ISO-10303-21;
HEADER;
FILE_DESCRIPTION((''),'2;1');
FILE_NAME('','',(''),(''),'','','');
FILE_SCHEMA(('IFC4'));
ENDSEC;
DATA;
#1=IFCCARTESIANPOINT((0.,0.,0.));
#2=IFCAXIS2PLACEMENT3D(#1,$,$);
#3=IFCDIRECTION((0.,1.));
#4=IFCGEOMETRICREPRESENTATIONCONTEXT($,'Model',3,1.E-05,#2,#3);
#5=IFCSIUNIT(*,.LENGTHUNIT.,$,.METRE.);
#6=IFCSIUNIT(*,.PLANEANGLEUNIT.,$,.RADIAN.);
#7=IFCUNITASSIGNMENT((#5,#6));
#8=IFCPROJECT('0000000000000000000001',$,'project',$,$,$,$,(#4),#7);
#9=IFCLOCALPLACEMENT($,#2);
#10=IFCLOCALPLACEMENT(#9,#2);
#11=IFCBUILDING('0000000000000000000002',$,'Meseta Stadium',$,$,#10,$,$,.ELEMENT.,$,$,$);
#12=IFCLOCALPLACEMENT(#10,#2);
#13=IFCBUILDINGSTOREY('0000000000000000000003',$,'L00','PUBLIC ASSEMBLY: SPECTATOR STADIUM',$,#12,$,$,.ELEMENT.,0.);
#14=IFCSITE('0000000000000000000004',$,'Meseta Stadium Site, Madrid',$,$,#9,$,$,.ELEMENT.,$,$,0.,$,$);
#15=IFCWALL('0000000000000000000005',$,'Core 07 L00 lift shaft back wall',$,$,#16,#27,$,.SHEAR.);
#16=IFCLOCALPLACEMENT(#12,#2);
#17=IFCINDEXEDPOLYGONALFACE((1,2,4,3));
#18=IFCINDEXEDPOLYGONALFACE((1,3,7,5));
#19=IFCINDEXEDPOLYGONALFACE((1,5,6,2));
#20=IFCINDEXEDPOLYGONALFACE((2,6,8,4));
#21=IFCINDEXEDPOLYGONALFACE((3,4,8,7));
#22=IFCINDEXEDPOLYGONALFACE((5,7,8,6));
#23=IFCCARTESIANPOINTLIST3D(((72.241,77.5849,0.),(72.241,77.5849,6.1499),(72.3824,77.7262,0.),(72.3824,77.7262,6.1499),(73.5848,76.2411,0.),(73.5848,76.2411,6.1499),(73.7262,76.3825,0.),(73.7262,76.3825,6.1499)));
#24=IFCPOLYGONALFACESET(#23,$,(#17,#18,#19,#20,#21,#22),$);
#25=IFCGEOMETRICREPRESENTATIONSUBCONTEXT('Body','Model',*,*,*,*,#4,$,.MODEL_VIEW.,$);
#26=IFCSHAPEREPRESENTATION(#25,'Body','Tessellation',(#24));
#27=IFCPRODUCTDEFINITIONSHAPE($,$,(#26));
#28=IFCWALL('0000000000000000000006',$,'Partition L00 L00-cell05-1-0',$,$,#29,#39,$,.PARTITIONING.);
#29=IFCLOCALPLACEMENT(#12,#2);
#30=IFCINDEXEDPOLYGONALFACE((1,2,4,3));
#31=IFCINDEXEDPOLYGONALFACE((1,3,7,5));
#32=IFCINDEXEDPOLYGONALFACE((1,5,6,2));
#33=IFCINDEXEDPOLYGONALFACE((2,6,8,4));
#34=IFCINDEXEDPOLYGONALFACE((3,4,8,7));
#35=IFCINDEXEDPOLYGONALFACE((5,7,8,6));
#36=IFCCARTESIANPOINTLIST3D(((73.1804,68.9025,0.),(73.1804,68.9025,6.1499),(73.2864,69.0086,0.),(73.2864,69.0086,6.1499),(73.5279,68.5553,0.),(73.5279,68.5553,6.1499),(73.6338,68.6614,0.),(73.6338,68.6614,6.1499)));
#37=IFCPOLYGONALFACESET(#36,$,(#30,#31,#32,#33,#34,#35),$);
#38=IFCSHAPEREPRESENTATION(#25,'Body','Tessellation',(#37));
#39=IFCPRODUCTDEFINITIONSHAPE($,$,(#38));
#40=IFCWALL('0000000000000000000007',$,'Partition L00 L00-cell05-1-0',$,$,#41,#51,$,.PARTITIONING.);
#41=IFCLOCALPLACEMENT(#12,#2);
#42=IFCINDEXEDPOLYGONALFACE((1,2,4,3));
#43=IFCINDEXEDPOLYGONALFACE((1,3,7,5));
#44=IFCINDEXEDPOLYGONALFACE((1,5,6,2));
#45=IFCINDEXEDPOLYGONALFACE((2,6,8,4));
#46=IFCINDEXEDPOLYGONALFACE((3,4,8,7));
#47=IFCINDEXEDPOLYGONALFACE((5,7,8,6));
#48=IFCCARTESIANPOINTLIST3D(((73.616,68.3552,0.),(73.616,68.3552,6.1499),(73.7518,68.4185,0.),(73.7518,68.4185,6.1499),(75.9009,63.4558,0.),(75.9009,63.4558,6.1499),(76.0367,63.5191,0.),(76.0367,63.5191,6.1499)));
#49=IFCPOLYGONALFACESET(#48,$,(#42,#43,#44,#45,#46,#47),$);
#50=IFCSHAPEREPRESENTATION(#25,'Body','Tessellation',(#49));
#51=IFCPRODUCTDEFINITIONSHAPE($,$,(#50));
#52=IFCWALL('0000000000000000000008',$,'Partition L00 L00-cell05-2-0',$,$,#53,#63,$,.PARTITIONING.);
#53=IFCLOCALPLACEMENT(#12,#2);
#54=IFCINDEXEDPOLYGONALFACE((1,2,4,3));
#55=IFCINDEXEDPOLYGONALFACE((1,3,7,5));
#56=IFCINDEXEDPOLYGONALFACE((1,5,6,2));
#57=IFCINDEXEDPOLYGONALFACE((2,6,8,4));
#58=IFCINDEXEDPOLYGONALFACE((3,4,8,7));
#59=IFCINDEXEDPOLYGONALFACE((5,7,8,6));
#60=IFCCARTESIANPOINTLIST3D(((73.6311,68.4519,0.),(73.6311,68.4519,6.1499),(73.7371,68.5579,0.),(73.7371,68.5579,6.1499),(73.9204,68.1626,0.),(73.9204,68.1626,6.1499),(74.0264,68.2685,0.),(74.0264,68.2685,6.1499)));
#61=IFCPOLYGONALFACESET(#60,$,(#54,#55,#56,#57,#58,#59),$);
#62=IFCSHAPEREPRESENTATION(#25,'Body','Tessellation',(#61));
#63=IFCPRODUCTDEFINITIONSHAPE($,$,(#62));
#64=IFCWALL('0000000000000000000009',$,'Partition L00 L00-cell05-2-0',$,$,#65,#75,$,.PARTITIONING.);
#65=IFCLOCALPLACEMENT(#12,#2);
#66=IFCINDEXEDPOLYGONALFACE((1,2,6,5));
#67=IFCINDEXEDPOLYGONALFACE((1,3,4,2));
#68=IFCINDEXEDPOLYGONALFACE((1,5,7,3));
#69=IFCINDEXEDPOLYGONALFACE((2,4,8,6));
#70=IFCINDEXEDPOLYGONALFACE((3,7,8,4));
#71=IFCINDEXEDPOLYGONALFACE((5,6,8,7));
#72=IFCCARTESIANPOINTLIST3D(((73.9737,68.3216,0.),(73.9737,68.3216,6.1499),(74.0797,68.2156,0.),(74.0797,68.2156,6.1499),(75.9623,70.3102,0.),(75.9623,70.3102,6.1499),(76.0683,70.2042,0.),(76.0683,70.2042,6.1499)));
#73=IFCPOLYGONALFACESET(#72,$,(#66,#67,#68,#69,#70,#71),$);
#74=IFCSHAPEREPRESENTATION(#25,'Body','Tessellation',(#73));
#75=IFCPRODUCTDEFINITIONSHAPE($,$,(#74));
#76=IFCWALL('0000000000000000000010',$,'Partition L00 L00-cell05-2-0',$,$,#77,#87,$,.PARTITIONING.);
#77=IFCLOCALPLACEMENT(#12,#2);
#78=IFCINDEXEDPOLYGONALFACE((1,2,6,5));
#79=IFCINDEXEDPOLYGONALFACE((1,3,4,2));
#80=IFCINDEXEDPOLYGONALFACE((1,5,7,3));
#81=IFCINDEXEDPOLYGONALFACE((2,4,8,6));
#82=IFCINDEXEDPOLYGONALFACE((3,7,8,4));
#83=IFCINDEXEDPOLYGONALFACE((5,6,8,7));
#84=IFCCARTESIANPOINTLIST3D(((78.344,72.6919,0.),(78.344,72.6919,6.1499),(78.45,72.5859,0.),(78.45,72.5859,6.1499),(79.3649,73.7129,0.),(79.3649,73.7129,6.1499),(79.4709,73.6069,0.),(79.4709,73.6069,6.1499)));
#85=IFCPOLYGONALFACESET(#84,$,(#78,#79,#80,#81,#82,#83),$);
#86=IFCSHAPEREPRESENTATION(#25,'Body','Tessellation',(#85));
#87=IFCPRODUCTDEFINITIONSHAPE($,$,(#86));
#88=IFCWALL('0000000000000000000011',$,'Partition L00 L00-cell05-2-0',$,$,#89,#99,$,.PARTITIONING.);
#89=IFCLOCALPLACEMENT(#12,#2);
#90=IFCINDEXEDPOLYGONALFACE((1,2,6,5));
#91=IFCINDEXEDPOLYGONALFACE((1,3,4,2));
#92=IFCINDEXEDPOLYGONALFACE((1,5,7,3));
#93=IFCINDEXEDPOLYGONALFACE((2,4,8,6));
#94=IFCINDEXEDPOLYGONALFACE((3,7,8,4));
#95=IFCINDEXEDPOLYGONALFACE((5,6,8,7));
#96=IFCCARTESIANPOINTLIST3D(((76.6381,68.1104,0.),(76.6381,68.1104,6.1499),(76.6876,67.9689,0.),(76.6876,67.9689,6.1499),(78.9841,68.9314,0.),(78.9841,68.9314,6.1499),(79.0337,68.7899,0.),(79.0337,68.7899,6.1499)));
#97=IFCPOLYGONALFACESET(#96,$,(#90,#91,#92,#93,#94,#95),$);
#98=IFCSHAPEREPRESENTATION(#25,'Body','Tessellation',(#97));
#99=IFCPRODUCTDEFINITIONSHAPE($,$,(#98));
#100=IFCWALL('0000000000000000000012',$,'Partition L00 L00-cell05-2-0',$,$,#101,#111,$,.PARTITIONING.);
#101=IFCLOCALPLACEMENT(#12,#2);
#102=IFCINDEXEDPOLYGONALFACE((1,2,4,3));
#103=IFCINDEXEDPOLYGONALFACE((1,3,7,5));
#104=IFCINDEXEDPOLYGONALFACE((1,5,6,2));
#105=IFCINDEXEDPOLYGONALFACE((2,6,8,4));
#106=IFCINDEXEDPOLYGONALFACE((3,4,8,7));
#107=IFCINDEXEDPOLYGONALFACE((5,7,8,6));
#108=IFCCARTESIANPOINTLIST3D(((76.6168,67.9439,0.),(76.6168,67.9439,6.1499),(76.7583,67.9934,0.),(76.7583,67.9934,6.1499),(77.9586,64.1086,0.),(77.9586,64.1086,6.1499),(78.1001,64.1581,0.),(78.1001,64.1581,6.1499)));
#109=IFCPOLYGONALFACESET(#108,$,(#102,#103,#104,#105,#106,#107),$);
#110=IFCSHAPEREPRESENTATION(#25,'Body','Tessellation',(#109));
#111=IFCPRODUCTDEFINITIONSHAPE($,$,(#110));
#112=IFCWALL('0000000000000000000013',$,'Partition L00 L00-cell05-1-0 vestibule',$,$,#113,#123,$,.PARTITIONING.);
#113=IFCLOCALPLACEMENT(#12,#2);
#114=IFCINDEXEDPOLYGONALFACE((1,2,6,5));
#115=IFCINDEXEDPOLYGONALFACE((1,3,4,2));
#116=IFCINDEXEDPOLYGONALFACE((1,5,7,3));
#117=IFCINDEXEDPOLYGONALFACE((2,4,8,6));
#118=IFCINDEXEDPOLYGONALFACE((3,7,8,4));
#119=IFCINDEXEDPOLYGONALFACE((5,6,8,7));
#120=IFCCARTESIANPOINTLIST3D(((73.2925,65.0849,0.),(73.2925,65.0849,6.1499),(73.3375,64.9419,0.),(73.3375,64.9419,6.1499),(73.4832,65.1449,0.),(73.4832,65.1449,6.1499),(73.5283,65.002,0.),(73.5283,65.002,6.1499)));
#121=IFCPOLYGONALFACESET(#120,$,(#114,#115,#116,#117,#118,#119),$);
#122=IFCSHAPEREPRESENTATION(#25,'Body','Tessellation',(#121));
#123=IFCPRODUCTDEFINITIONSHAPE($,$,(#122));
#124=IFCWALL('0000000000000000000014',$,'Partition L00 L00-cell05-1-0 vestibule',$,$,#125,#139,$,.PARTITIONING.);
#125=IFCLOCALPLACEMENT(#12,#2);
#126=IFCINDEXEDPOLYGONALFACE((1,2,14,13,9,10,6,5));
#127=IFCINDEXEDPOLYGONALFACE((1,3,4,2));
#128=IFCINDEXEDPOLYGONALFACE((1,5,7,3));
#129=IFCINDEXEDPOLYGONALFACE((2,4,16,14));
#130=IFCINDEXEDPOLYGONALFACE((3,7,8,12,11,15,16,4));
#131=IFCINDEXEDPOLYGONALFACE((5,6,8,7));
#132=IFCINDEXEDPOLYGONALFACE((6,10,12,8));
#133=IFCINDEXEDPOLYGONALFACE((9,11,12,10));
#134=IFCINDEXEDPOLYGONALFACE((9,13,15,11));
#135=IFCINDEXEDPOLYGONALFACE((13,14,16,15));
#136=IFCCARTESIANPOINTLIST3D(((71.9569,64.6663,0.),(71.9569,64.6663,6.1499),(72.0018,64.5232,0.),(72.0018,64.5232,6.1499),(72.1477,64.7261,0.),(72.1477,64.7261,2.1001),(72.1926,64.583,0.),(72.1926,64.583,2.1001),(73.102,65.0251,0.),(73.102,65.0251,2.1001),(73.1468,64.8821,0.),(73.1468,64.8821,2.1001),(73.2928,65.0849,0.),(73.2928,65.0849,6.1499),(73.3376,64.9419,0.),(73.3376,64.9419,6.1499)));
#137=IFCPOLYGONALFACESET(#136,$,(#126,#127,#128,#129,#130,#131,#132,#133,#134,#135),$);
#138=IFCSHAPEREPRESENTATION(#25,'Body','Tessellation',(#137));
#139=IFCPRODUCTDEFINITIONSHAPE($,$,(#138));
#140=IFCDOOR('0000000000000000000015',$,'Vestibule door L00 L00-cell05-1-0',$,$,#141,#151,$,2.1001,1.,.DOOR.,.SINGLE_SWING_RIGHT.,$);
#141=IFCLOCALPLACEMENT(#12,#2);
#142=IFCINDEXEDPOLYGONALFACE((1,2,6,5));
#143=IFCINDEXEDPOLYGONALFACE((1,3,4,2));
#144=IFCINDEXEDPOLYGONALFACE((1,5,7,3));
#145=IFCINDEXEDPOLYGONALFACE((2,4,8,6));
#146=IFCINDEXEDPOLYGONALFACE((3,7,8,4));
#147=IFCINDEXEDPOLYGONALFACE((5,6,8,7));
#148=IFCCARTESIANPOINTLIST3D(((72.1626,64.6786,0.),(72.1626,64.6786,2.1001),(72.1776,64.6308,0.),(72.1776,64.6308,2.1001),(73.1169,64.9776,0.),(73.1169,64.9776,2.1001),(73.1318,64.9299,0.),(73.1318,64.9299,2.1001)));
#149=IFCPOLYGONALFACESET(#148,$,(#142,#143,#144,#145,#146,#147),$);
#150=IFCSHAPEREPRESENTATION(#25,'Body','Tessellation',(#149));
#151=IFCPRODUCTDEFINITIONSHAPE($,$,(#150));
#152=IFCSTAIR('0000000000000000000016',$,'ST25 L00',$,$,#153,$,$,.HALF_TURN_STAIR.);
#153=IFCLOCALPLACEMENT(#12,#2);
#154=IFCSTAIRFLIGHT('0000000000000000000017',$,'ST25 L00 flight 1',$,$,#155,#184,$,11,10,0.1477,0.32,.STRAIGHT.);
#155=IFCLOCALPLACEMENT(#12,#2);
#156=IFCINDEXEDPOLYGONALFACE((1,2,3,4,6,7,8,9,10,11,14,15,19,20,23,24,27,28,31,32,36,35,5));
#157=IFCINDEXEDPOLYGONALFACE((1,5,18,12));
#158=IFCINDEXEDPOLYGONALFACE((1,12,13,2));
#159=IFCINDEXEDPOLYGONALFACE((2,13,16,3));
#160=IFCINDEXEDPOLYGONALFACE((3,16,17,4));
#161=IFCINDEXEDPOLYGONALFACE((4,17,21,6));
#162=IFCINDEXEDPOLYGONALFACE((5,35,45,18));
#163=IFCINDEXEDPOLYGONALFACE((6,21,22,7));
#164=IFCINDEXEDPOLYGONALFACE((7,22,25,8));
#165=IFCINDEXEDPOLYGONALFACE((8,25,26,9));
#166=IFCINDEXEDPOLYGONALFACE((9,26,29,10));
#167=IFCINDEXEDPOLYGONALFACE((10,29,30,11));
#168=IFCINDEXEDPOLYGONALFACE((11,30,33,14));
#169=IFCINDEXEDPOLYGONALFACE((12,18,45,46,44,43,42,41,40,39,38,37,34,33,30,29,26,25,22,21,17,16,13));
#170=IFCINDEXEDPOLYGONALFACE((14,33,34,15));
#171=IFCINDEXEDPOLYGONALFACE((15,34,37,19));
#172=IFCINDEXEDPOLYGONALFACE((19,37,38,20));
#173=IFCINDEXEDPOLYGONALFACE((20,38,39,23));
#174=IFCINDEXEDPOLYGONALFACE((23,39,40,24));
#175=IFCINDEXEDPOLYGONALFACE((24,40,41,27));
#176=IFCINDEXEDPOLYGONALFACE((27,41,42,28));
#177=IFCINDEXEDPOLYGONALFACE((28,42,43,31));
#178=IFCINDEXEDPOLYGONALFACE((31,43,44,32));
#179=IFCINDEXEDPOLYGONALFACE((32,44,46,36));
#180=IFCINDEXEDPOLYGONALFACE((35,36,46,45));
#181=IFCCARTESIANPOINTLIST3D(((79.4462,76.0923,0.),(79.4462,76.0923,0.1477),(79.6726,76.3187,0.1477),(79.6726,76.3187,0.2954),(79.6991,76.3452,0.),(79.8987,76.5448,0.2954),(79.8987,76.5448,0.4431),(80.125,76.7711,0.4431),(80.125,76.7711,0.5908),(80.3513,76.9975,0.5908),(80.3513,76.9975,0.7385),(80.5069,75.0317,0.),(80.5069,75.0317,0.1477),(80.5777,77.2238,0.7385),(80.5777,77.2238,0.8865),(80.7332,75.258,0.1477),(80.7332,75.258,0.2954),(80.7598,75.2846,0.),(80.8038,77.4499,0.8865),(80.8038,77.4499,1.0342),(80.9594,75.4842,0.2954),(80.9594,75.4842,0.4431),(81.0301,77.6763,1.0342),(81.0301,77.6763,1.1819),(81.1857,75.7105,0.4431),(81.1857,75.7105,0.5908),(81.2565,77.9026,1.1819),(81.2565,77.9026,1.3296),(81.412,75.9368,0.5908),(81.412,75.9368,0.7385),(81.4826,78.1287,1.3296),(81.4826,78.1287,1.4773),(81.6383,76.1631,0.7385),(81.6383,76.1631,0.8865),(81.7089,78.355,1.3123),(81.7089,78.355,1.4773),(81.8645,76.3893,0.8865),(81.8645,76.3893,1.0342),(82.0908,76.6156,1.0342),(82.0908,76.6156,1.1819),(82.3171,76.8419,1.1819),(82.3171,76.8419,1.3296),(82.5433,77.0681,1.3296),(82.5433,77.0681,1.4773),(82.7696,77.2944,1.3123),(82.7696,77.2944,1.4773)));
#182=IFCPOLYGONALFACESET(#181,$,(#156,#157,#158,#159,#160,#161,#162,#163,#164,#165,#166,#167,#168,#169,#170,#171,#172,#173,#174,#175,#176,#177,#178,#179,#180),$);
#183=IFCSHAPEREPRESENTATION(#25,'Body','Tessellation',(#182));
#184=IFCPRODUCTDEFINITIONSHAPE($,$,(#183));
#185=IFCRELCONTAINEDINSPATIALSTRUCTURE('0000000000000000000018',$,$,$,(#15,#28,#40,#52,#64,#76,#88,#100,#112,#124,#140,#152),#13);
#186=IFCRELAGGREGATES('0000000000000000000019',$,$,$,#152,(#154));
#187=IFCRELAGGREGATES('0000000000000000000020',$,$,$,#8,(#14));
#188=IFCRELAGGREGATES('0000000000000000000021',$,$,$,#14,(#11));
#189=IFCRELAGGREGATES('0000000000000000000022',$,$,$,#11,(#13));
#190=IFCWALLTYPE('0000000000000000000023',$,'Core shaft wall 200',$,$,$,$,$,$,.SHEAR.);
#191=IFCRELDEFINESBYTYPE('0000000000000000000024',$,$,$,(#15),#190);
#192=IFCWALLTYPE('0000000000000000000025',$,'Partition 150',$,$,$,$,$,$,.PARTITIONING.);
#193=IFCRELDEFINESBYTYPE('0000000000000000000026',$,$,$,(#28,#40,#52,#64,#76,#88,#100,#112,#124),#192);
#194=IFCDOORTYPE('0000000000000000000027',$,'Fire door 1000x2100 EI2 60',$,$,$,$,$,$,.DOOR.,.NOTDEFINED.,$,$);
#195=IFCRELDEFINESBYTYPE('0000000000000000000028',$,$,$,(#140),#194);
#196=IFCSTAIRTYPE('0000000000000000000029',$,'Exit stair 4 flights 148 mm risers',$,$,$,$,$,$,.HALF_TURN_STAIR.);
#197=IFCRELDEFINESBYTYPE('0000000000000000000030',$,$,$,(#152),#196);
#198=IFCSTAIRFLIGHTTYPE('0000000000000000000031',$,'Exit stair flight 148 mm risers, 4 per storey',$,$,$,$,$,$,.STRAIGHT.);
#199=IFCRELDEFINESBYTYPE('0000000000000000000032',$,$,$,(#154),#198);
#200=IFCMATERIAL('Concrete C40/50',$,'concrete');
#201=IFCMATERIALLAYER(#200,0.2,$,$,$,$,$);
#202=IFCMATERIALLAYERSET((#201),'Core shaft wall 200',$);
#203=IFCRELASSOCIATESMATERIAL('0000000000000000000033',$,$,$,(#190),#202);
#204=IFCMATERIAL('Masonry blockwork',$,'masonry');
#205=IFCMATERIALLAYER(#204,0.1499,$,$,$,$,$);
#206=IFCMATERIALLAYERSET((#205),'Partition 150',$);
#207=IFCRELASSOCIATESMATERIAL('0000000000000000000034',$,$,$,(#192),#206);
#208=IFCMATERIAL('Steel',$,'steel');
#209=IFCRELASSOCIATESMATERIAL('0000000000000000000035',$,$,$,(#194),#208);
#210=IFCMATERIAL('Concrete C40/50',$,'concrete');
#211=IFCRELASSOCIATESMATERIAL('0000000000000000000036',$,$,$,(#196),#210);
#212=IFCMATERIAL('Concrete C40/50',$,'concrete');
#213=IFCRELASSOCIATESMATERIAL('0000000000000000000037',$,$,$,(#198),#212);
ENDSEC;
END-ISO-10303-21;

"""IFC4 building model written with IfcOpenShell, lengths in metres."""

from ifc_helpers import new_model, si_unit, direction, frame, frame_2d, origin, place, context, subcontext, project, spatial, polyline, rectangle, outline, extrude, material, layer, layer_set, type_object, element, fill, aggregate, save


model = new_model("IFC4")

# Units and contexts
model_context = context("Model", 3, precision=1e-05, world=origin(), true_north=direction((0.0, 1.0)))
body_context = subcontext(model_context, "Body", "Model", "MODEL_VIEW")
ifc_project = project(units=[si_unit("LENGTHUNIT", "METRE"), si_unit("PLANEANGLEUNIT", "RADIAN")], contexts=[model_context])

# Site, building, storey
site_placement = place(None, origin())
site = spatial("IfcSite", under=ifc_project, at=site_placement, Name="Meseta Stadium Site, Madrid", CompositionType="ELEMENT", RefElevation=0.0)
building_placement = place(site_placement, origin())
building = spatial("IfcBuilding", under=site, at=building_placement, Name="Meseta Stadium", CompositionType="ELEMENT")
storey_placement = place(building_placement, origin())
storey = spatial("IfcBuildingStorey", under=building, at=storey_placement, Name="L00", Description="PUBLIC ASSEMBLY: SPECTATOR STADIUM", CompositionType="ELEMENT", Elevation=0.0)

# Shared definitions
ifc_material_1 = material(Name="Concrete C40/50", Category="concrete")
ifc_layer_1 = layer(ifc_material_1, 0.2)
ifc_layer_set_1 = layer_set([ifc_layer_1], Name="Core shaft wall 200")
wall_type_1 = type_object("IfcWallType", Name="Core shaft wall 200", PredefinedType="SHEAR", material=ifc_layer_set_1)

# Walls
wall_1_placement = place(storey_placement, frame((73.6555, 76.3118, 0.0), z_axis=(0.0, 0.0, 1.0), x_axis=(-0.707107, 0.707107, 0.0)))
element("IfcWall", 1, at=wall_1_placement, inside=storey, type_object=wall_type_1, Name="Core 07 L00 lift shaft back wall", PredefinedType="SHEAR", context=body_context, shape_type="SweptSolid", body=[
    extrude(rectangle(XDim=1.9004, YDim=0.2, at=frame_2d((0.9502, 0.0))), origin(), (0.0, 0.0, 1.0), 6.1499),
])
ifc_material_2 = material(Name="Masonry blockwork", Category="masonry")
ifc_layer_2 = layer(ifc_material_2, 0.1499)
ifc_layer_set_2 = layer_set([ifc_layer_2], Name="Partition 150")
wall_type_2 = type_object("IfcWallType", Name="Partition 150", PredefinedType="PARTITIONING", material=ifc_layer_set_2)
wall_2_placement = place(storey_placement, frame((73.2334, 68.9556, 0.0), z_axis=(0.0, 0.0, 1.0), x_axis=(0.707355, -0.706858, 0.0)))
element("IfcWall", 2, at=wall_2_placement, inside=storey, type_object=wall_type_2, Name="Partition L00 L00-cell05-1-0", PredefinedType="PARTITIONING", context=body_context, shape_type="SweptSolid", body=[
    extrude(rectangle(XDim=0.4912, YDim=0.1499, at=frame_2d((0.2456, 0.0))), origin(), (0.0, 0.0, 1.0), 6.1499),
])
wall_3_placement = place(storey_placement, frame((73.6838, 68.387, 0.0), z_axis=(0.0, 0.0, 1.0), x_axis=(0.42266, -0.906288, 0.0)))
element("IfcWall", 3, at=wall_3_placement, inside=storey, type_object=wall_type_2, Name="Partition L00 L00-cell05-1-0", PredefinedType="PARTITIONING", context=body_context, shape_type="SweptSolid", body=[
    extrude(rectangle(XDim=5.406, YDim=0.1499, at=frame_2d((2.7031, 0.0))), origin(), (0.0, 0.0, 1.0), 6.1499),
])
wall_4_placement = place(storey_placement, frame((73.6841, 68.5049, 0.0), z_axis=(0.0, 0.0, 1.0), x_axis=(0.707107, -0.707107, 0.0)))
element("IfcWall", 4, at=wall_4_placement, inside=storey, type_object=wall_type_2, Name="Partition L00 L00-cell05-2-0", PredefinedType="PARTITIONING", context=body_context, shape_type="SweptSolid", body=[
    extrude(rectangle(XDim=0.4092, YDim=0.1499, at=frame_2d((0.2046, 0.0))), origin(), (0.0, 0.0, 1.0), 6.1499),
])
wall_5_placement = place(storey_placement, frame((74.0266, 68.2686, 0.0), z_axis=(0.0, 0.0, 1.0), x_axis=(0.707107, 0.707107, 0.0)))
element("IfcWall", 5, at=wall_5_placement, inside=storey, type_object=wall_type_2, Name="Partition L00 L00-cell05-2-0", PredefinedType="PARTITIONING", context=body_context, shape_type="SweptSolid", body=[
    extrude(rectangle(XDim=2.8123, YDim=0.1499, at=frame_2d((1.4062, 0.0))), origin(), (0.0, 0.0, 1.0), 6.1499),
])
wall_6_placement = place(storey_placement, frame((78.397, 72.6389, 0.0), z_axis=(0.0, 0.0, 1.0), x_axis=(0.707107, 0.707107, 0.0)))
element("IfcWall", 6, at=wall_6_placement, inside=storey, type_object=wall_type_2, Name="Partition L00 L00-cell05-2-0", PredefinedType="PARTITIONING", context=body_context, shape_type="SweptSolid", body=[
    extrude(rectangle(XDim=1.4438, YDim=0.1499, at=frame_2d((0.7219, 0.0))), origin(), (0.0, 0.0, 1.0), 6.1499),
])
wall_7_placement = place(storey_placement, frame((79.0088, 68.8606, 0.0), z_axis=(0.0, 0.0, 1.0), x_axis=(-0.943874, -0.330307, 0.0)))
element("IfcWall", 7, at=wall_7_placement, inside=storey, type_object=wall_type_2, Name="Partition L00 L00-cell05-2-0", PredefinedType="PARTITIONING", context=body_context, shape_type="SweptSolid", body=[
    extrude(rectangle(XDim=2.4856, YDim=0.1499, at=frame_2d((1.2427, 0.0))), origin(), (0.0, 0.0, 1.0), 6.1499),
])
wall_8_placement = place(storey_placement, frame((76.6875, 67.9688, 0.0), z_axis=(0.0, 0.0, 1.0), x_axis=(0.330235, -0.943899, 0.0)))
element("IfcWall", 8, at=wall_8_placement, inside=storey, type_object=wall_type_2, Name="Partition L00 L00-cell05-2-0", PredefinedType="PARTITIONING", context=body_context, shape_type="SweptSolid", body=[
    extrude(rectangle(XDim=4.0632, YDim=0.1499, at=frame_2d((2.0317, 0.0))), origin(), (0.0, 0.0, 1.0), 6.1499),
])
wall_9_placement = place(storey_placement, frame((73.5059, 65.0735, 0.0), z_axis=(0.0, 0.0, 1.0), x_axis=(-0.953804, -0.30043, 0.0)))
element("IfcWall", 9, at=wall_9_placement, inside=storey, type_object=wall_type_2, Name="Partition L00 L00-cell05-1-0 vestibule", PredefinedType="PARTITIONING", context=body_context, shape_type="SweptSolid", body=[
    extrude(rectangle(XDim=0.2, YDim=0.1499, at=frame_2d((0.1001, 0.0))), origin(), (0.0, 0.0, 1.0), 6.1499),
])

# Wall, opening, door
wall_10_placement = place(storey_placement, frame((73.3152, 65.0134, 0.0), z_axis=(0.0, 0.0, 1.0), x_axis=(-0.954231, -0.299069, 0.0)))
wall_10 = element("IfcWall", 10, at=wall_10_placement, inside=storey, type_object=wall_type_2, Name="Partition L00 L00-cell05-1-0 vestibule", PredefinedType="PARTITIONING", context=body_context, shape_type="SweptSolid", body=[
    extrude(rectangle(XDim=1.3999, YDim=0.1499, at=frame_2d((0.7, 0.0))), origin(), (0.0, 0.0, 1.0), 6.1499),
])
opening_1_placement = place(wall_10_placement, frame((0.2, 0.0, 0.0)))
opening_1 = element("IfcOpeningElement", 11, at=opening_1_placement, cuts=wall_10, PredefinedType="OPENING", context=body_context, shape_type="SweptSolid", body=[
    extrude(rectangle(XDim=1.0, YDim=2.1001, at=frame_2d((0.5, 1.05))), frame((0.0, 0.085, 0.0), z_axis=(0.0, -1.0, 0.0), x_axis=(1.0, 0.0, 0.0)), (0.0, 0.0, 1.0), 0.1699),
])
ifc_material_3 = material(Name="Steel", Category="steel")
door_type_1 = type_object("IfcDoorType", Name="Fire door 1000x2100 EI2 60", OperationType="NOTDEFINED", PredefinedType="DOOR", material=ifc_material_3)
door_1_placement = place(opening_1_placement, origin())
door_1 = element("IfcDoor", 12, at=door_1_placement, inside=storey, type_object=door_type_1, Name="Vestibule door L00 L00-cell05-1-0", OperationType="SINGLE_SWING_RIGHT", OverallHeight=2.1001, OverallWidth=1.0, PredefinedType="DOOR", context=body_context, shape_type="SweptSolid", body=[
    extrude(rectangle(XDim=1.0, YDim=2.1001, at=frame_2d((0.5, 1.05))), frame((0.0, 0.0249, 0.0), z_axis=(0.0, -1.0, 0.0), x_axis=(1.0, 0.0, 0.0)), (0.0, 0.0, 1.0), 0.05),
])
fill(opening_1, door_1)

# Stair, stair flight
ifc_material_4 = material(Name="Concrete C40/50", Category="concrete")
stair_type = type_object("IfcStairType", Name="Exit stair 4 flights 148 mm risers", PredefinedType="HALF_TURN_STAIR", material=ifc_material_4)
stair_1_placement = place(storey_placement, origin())
stair_1 = element("IfcStair", 13, at=stair_1_placement, inside=storey, type_object=stair_type, Name="ST25 L00", PredefinedType="HALF_TURN_STAIR")
ifc_material_5 = material(Name="Concrete C40/50", Category="concrete")
stair_flight_type = type_object("IfcStairFlightType", Name="Exit stair flight 148 mm risers, 4 per storey", PredefinedType="STRAIGHT", material=ifc_material_5)
stair_flight_1_placement = place(storey_placement, frame((79.9766, 75.562, 0.0), z_axis=(0.0, 0.0, 1.0), x_axis=(0.707107, 0.707107, 0.0)))
stair_flight_1 = element("IfcStairFlight", 14, at=stair_flight_1_placement, type_object=stair_flight_type, Name="ST25 L00 flight 1", NumberOfRisers=11, NumberOfTreads=10, PredefinedType="STRAIGHT", RiserHeight=0.1477, TreadLength=0.32, context=body_context, shape_type="SweptSolid", body=[
    extrude(outline(polyline([(0.0, 0.0), (0.0, 0.1477), (0.3201, 0.1477), (0.3201, 0.2954), (0.6399, 0.2954), (0.6399, 0.4431), (0.96, 0.4431), (0.96, 0.5908), (1.28, 0.5908), (1.28, 0.7385), (1.6001, 0.7385), (1.6001, 0.8865), (1.9199, 0.8865), (1.9199, 1.0342), (2.24, 1.0342), (2.24, 1.1819), (2.5601, 1.1819), (2.5601, 1.3296), (2.8799, 1.3296), (2.8799, 1.4773), (3.2, 1.4773), (3.2, 1.3123), (0.3577, 0.0), (0.0, 0.0)])), frame((0.0, 0.75, 0.0), z_axis=(0.0, -1.0, 0.0), x_axis=(1.0, 0.0, 0.0)), (0.0, 0.0, 1.0), 1.5),
])
aggregate(stair_1, [stair_flight_1])

save(model, "model.ifc")
